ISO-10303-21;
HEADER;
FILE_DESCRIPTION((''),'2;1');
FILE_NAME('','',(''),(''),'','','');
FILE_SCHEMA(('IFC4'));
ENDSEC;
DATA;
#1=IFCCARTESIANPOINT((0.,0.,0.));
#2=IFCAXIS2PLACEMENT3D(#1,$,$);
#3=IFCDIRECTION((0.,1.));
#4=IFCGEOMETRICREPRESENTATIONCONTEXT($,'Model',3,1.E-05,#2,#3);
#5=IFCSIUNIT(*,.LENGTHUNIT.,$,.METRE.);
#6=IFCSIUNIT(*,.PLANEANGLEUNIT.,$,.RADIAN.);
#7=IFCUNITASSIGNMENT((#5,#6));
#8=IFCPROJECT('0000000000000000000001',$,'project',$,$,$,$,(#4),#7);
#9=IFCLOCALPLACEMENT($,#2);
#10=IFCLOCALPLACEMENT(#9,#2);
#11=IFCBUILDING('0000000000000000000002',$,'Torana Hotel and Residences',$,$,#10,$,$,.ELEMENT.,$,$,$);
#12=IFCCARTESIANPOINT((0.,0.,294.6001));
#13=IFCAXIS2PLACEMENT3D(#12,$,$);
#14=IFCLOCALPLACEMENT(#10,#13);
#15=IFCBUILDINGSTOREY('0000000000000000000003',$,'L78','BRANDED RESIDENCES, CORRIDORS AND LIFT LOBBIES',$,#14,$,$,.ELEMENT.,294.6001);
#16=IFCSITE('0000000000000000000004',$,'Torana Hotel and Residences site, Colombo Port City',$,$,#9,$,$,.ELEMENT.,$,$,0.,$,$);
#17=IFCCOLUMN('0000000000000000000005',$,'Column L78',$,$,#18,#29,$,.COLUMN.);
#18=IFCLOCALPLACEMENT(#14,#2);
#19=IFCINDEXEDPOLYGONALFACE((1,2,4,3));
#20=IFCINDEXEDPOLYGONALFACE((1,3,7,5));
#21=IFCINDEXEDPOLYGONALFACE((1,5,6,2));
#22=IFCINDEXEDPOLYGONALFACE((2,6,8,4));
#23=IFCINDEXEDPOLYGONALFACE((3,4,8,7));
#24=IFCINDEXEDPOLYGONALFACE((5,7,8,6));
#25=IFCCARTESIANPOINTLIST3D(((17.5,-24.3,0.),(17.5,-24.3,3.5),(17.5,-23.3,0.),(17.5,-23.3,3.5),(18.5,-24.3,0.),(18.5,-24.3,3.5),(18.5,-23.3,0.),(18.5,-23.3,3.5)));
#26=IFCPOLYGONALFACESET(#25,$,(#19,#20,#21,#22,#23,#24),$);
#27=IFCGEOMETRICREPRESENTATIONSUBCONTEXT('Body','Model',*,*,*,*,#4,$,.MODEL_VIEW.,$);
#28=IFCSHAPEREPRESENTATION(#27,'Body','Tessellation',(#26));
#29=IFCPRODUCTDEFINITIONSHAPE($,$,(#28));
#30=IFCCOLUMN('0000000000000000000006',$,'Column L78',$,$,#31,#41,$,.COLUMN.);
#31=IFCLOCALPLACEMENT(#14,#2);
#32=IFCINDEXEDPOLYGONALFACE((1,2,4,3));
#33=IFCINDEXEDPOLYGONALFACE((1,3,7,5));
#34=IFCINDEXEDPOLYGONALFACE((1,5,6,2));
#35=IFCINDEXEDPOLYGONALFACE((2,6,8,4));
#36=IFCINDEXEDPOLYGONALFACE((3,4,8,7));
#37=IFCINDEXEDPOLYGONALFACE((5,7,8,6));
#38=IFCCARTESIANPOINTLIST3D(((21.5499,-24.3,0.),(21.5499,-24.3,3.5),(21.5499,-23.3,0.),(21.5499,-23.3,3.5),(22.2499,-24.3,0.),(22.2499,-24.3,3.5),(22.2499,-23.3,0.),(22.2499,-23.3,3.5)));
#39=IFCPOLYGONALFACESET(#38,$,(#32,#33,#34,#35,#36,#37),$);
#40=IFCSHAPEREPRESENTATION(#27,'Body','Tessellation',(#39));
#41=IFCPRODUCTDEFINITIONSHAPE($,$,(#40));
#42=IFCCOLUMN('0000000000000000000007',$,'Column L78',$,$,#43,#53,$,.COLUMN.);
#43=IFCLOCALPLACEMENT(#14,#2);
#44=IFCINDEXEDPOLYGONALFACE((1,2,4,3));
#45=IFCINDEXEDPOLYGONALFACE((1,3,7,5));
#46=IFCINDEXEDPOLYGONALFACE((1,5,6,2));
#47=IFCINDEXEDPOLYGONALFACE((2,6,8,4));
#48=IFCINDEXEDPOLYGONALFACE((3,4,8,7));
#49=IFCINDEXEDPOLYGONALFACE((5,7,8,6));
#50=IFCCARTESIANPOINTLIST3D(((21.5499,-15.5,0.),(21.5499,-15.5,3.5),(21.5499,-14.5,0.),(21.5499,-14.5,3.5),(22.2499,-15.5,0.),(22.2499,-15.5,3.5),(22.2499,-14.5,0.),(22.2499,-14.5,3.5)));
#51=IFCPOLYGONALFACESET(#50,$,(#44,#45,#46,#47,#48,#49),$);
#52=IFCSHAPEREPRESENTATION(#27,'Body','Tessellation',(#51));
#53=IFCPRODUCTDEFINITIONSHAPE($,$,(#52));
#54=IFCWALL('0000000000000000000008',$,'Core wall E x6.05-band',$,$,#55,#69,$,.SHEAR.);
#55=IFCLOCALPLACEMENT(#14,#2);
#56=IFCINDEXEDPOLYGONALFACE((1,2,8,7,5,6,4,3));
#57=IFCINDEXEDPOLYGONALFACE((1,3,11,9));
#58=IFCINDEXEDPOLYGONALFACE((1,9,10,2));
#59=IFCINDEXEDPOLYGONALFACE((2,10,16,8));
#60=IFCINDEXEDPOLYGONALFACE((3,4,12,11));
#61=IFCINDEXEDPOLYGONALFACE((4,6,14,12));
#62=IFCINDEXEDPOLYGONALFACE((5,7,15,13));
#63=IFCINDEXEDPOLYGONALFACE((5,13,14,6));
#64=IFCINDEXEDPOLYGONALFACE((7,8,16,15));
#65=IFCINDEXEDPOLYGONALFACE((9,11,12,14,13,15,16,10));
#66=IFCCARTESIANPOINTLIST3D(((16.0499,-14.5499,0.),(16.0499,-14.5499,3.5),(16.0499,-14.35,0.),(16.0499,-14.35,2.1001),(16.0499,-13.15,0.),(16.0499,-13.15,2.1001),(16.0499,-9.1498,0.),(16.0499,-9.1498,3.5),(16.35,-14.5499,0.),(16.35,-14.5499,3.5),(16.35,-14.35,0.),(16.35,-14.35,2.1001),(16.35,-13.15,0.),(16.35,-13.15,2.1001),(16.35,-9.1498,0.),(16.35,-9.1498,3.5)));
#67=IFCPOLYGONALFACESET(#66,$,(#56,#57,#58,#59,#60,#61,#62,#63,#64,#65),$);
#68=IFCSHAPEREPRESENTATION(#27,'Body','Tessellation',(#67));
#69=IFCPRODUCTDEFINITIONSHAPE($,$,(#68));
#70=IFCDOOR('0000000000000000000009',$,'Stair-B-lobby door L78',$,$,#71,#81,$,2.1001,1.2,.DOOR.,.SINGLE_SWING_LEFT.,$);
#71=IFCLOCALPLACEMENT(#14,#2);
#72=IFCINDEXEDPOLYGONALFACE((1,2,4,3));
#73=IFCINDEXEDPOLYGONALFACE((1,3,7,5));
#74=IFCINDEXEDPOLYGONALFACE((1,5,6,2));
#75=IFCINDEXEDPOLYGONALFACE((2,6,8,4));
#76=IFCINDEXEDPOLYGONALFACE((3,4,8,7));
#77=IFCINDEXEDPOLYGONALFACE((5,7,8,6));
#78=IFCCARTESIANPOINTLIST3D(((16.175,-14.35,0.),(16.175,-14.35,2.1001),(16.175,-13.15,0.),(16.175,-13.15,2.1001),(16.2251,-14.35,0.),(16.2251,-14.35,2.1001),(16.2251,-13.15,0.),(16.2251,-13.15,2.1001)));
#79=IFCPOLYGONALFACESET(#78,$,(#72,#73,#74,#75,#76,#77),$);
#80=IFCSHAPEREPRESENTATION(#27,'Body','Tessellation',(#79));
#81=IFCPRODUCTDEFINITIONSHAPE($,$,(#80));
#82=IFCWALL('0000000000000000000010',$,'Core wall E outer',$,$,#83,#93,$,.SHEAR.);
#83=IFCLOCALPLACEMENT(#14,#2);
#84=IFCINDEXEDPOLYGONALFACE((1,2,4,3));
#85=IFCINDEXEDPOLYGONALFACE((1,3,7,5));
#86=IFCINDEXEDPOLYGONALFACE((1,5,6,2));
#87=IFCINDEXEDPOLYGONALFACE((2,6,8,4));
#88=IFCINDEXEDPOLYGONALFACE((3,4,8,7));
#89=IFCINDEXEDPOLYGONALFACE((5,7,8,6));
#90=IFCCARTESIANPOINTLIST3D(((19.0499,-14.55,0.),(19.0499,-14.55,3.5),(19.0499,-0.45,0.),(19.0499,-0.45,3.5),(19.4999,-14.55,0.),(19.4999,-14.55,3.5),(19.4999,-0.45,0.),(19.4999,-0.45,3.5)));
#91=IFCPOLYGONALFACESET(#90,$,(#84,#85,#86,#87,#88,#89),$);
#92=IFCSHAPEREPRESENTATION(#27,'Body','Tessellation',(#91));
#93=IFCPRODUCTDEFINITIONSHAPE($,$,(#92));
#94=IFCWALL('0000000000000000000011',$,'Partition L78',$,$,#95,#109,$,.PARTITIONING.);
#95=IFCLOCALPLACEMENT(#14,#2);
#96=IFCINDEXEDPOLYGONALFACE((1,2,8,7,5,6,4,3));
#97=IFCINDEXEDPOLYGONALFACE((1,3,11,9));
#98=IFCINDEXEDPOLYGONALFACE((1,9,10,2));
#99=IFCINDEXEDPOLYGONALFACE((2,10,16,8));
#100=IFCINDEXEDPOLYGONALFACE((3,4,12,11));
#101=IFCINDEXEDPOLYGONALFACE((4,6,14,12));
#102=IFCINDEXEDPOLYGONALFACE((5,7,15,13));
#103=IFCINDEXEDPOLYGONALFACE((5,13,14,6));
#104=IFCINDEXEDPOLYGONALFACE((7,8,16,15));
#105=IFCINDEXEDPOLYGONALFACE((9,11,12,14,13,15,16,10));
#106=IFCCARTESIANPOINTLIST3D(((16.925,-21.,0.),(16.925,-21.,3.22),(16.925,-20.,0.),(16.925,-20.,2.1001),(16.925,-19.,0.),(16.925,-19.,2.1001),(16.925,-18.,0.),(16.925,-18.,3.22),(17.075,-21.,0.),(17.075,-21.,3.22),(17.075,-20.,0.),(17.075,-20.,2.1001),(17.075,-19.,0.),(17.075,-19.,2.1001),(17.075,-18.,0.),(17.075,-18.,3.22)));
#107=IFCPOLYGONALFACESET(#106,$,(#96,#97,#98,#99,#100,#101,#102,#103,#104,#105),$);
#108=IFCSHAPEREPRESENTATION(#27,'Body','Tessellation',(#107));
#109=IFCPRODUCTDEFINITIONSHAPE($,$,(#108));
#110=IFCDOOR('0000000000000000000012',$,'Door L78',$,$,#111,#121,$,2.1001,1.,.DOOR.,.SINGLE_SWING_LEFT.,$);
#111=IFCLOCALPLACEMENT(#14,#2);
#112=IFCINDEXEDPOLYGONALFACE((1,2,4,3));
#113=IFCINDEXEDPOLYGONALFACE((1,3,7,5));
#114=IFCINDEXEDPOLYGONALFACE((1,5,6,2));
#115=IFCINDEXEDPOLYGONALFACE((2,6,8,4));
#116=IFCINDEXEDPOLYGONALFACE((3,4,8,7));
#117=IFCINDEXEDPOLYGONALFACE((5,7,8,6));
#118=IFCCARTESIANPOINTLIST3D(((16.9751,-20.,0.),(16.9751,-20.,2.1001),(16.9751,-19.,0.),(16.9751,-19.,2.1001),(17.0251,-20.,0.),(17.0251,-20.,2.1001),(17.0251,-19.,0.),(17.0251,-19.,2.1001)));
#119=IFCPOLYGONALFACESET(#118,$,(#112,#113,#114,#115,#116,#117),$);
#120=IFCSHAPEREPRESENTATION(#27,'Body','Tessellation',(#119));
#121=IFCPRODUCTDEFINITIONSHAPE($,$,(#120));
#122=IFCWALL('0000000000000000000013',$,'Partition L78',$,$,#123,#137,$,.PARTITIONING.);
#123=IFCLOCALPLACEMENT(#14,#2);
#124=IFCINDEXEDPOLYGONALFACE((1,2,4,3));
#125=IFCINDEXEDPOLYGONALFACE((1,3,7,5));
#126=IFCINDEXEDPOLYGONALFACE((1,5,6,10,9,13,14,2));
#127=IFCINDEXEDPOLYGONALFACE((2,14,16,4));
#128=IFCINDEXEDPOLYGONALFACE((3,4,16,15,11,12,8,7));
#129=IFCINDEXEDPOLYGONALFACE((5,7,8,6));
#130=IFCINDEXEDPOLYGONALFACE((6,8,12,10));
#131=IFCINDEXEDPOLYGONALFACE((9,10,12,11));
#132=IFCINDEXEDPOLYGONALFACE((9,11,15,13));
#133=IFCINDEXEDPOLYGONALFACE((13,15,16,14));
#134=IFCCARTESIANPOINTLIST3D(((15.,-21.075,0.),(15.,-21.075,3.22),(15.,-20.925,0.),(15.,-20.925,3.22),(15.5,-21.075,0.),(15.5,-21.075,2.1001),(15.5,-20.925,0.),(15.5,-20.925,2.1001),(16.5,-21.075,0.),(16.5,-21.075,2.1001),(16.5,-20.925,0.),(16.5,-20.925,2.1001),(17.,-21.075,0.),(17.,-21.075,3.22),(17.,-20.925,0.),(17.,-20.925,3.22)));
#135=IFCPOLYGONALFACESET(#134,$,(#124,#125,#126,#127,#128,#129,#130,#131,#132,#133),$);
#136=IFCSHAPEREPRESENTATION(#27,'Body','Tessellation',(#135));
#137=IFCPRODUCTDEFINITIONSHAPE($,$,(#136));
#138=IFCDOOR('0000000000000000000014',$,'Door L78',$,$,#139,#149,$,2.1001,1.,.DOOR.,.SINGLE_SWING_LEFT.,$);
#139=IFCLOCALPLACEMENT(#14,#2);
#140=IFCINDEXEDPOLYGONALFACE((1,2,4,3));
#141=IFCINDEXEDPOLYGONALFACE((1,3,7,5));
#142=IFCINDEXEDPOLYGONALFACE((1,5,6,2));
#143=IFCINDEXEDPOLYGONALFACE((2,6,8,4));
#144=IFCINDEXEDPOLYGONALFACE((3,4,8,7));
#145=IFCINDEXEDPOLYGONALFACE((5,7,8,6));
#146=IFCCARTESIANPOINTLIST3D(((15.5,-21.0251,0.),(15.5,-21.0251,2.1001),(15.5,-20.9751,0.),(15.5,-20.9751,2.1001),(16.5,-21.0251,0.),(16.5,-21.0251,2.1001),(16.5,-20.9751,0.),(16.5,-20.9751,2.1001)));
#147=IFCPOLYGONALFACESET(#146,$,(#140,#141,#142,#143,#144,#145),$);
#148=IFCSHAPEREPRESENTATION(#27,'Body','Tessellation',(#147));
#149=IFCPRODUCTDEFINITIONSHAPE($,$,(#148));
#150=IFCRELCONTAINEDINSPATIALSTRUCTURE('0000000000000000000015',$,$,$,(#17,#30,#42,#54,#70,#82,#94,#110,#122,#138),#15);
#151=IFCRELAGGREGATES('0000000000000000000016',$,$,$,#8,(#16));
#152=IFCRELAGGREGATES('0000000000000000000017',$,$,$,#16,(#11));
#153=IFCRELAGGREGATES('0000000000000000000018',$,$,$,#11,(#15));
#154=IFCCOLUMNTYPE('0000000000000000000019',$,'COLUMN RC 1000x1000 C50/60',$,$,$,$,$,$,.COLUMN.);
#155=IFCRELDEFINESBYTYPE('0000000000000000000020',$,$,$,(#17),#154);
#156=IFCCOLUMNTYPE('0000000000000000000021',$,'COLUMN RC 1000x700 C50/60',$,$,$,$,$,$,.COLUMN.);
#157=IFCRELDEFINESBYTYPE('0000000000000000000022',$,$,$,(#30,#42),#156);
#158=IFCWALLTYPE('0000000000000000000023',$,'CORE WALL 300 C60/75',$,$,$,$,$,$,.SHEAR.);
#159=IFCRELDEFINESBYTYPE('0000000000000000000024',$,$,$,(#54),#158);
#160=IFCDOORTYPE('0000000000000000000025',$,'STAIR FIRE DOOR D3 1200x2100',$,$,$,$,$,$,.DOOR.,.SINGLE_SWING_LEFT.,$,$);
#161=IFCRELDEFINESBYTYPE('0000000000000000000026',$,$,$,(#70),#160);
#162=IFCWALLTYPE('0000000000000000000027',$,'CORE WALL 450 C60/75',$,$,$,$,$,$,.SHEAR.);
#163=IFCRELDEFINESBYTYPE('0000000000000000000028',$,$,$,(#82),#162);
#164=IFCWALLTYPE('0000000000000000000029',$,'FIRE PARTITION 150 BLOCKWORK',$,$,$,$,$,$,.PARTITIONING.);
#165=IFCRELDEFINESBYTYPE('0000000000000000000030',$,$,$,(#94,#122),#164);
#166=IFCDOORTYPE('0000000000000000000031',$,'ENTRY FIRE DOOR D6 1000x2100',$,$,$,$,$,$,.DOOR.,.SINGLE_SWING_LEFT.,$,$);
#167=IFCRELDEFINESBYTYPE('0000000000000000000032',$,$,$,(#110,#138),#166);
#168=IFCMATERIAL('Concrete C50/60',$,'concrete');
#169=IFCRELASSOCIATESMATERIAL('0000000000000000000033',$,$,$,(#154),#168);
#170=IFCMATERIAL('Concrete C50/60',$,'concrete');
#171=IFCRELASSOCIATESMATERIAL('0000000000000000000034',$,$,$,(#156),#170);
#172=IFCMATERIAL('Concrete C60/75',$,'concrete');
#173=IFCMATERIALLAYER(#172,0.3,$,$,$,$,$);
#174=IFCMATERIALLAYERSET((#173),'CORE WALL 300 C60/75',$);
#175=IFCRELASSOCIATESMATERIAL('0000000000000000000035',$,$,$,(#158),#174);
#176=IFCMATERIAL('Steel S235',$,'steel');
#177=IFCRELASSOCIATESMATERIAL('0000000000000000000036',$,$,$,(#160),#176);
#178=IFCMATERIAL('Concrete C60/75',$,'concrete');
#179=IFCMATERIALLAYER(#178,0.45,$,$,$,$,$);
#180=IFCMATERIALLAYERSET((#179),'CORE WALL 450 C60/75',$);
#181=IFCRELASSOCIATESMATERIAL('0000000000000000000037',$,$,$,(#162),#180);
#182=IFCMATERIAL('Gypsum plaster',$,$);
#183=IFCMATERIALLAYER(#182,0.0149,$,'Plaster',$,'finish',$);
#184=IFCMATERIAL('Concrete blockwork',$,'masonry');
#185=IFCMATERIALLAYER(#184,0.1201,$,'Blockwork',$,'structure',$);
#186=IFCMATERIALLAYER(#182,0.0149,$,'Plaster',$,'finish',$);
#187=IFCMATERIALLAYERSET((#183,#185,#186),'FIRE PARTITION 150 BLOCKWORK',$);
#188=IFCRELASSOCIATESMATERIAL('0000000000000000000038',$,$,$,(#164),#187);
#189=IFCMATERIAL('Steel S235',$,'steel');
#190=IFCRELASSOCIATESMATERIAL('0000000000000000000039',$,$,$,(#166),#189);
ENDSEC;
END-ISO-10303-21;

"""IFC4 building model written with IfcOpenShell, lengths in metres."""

from ifc_helpers import new_model, si_unit, direction, frame, frame_2d, origin, origin_2d, place, context, subcontext, project, spatial, rectangle, extrude, material, layer, layer_set, material_profile, profile_set, type_object, element, fill, save


model = new_model("IFC4")

# Units and contexts
model_context = context("Model", 3, precision=1e-05, world=origin(), true_north=direction((0.0, 1.0)))
body_context = subcontext(model_context, "Body", "Model", "MODEL_VIEW")
ifc_project = project(units=[si_unit("LENGTHUNIT", "METRE"), si_unit("PLANEANGLEUNIT", "RADIAN")], contexts=[model_context])

# Site, building, storey
site_placement = place(None, origin())
site = spatial("IfcSite", under=ifc_project, at=site_placement, Name="Torana Hotel and Residences site, Colombo Port City", CompositionType="ELEMENT", RefElevation=0.0)
building_placement = place(site_placement, origin())
building = spatial("IfcBuilding", under=site, at=building_placement, Name="Torana Hotel and Residences", CompositionType="ELEMENT")
storey_placement = place(building_placement, frame((0.0, 0.0, 294.6001)))
storey = spatial("IfcBuildingStorey", under=building, at=storey_placement, Name="L78", Description="BRANDED RESIDENCES, CORRIDORS AND LIFT LOBBIES", CompositionType="ELEMENT", Elevation=294.6001)

# Columns
ifc_material_1 = material(Name="Concrete C50/60", Category="concrete")
ifc_material_profile_1 = material_profile(ifc_material_1, rectangle(XDim=1.0, YDim=1.0, at=origin_2d()), Name="RC 1000x1000")
ifc_profile_set_1 = profile_set([ifc_material_profile_1], Name="Concrete C50/60")
column_type_1 = type_object("IfcColumnType", Name="COLUMN RC 1000x1000 C50/60", PredefinedType="COLUMN", material=ifc_profile_set_1)
column_placement = place(storey_placement, frame((18.0, -23.8, 0.0), z_axis=(0.0, 0.0, 1.0), x_axis=(1.0, 0.0, 0.0)))
element("IfcColumn", 1, at=column_placement, inside=storey, type_object=column_type_1, Name="Column L78", PredefinedType="COLUMN", context=body_context, shape_type="SweptSolid", body=[
    extrude(rectangle(XDim=1.0, YDim=1.0, at=origin_2d()), origin(), (0.0, 0.0, 1.0), 3.5),
])
ifc_material_2 = material(Name="Concrete C50/60", Category="concrete")
ifc_material_profile_2 = material_profile(ifc_material_2, rectangle(XDim=1.0, YDim=0.7, at=origin_2d()), Name="RC 1000x700")
ifc_profile_set_2 = profile_set([ifc_material_profile_2], Name="Concrete C50/60")
column_type_2 = type_object("IfcColumnType", Name="COLUMN RC 1000x700 C50/60", PredefinedType="COLUMN", material=ifc_profile_set_2)
for number, where, z_axis, x_axis, name in (
    (2, (21.8999, -23.8, 0.0), (0.0, 0.0, 1.0), (0.0, 1.0, 0.0), "Column L78"),
    (3, (21.8999, -15.0, 0.0), (0.0, 0.0, 1.0), (0.0, 1.0, 0.0), "Column L78"),
):
    element("IfcColumn", number, at=place(storey_placement, frame(where, z_axis=z_axis, x_axis=x_axis)), inside=storey, type_object=column_type_2, Name=name, PredefinedType="COLUMN", context=body_context, shape_type="SweptSolid", body=[
        extrude(rectangle(XDim=1.0, YDim=0.7, at=origin_2d()), origin(), (0.0, 0.0, 1.0), 3.5),
    ])

# Wall, opening, door
ifc_material_3 = material(Name="Concrete C60/75", Category="concrete")
ifc_layer_1 = layer(ifc_material_3, 0.3)
ifc_layer_set_1 = layer_set([ifc_layer_1], Name="CORE WALL 300 C60/75")
wall_type_1 = type_object("IfcWallType", Name="CORE WALL 300 C60/75", PredefinedType="SHEAR", material=ifc_layer_set_1)
wall_1_placement = place(storey_placement, frame((16.2, -14.55, 0.0), z_axis=(0.0, 0.0, 1.0), x_axis=(0.0, 1.0, 0.0)))
wall_1 = element("IfcWall", 4, at=wall_1_placement, inside=storey, type_object=wall_type_1, Name="Core wall E x6.05-band", PredefinedType="SHEAR", context=body_context, shape_type="SweptSolid", body=[
    extrude(rectangle(XDim=5.4001, YDim=0.3, at=frame_2d((2.7002, 0.0))), origin(), (0.0, 0.0, 1.0), 3.5),
])
opening_1_placement = place(wall_1_placement, frame((0.2, 0.0, 0.0)))
opening_1 = element("IfcOpeningElement", 5, at=opening_1_placement, cuts=wall_1, PredefinedType="OPENING", context=body_context, shape_type="SweptSolid", body=[
    extrude(rectangle(XDim=1.2, YDim=2.1001, at=frame_2d((0.6001, 1.05))), frame((0.0, 0.1599, 0.0), z_axis=(0.0, -1.0, 0.0), x_axis=(1.0, 0.0, 0.0)), (0.0, 0.0, 1.0), 0.3201),
])
ifc_material_4 = material(Name="Steel S235", Category="steel")
door_type_1 = type_object("IfcDoorType", Name="STAIR FIRE DOOR D3 1200x2100", OperationType="SINGLE_SWING_LEFT", PredefinedType="DOOR", material=ifc_material_4)
door_1_placement = place(opening_1_placement, frame((0.6001, 0.0, 0.0), z_axis=(0.0, 0.0, 1.0), x_axis=(-1.0, 0.0, 0.0)))
door_1 = element("IfcDoor", 6, at=door_1_placement, inside=storey, type_object=door_type_1, Name="Stair-B-lobby door L78", OperationType="SINGLE_SWING_LEFT", OverallHeight=2.1001, OverallWidth=1.2, PredefinedType="DOOR", context=body_context, shape_type="SweptSolid", body=[
    extrude(rectangle(XDim=1.2, YDim=2.1001, at=frame_2d((0.0, 1.05))), frame((0.0, -0.0249, 0.0), z_axis=(0.0, 1.0, 0.0), x_axis=(-1.0, 0.0, 0.0)), (0.0, 0.0, 1.0), 0.05),
])
fill(opening_1, door_1)

# Wall
ifc_material_5 = material(Name="Concrete C60/75", Category="concrete")
ifc_layer_2 = layer(ifc_material_5, 0.45)
ifc_layer_set_2 = layer_set([ifc_layer_2], Name="CORE WALL 450 C60/75")
wall_type_2 = type_object("IfcWallType", Name="CORE WALL 450 C60/75", PredefinedType="SHEAR", material=ifc_layer_set_2)
wall_2_placement = place(storey_placement, frame((19.2749, -14.55, 0.0), z_axis=(0.0, 0.0, 1.0), x_axis=(0.0, 1.0, 0.0)))
element("IfcWall", 7, at=wall_2_placement, inside=storey, type_object=wall_type_2, Name="Core wall E outer", PredefinedType="SHEAR", context=body_context, shape_type="SweptSolid", body=[
    extrude(rectangle(XDim=14.1001, YDim=0.45, at=frame_2d((7.05, 0.0))), origin(), (0.0, 0.0, 1.0), 3.5),
])

# Walls, openings, doors
ifc_material_6 = material(Name="Gypsum plaster")
ifc_layer_3 = layer(ifc_material_6, 0.0149, Name="Plaster", Category="finish")
ifc_material_7 = material(Name="Concrete blockwork", Category="masonry")
ifc_layer_4 = layer(ifc_material_7, 0.1201, Name="Blockwork", Category="structure")
ifc_layer_5 = layer(ifc_material_6, 0.0149, Name="Plaster", Category="finish")
ifc_layer_set_3 = layer_set([ifc_layer_3, ifc_layer_4, ifc_layer_5], Name="FIRE PARTITION 150 BLOCKWORK")
wall_type_3 = type_object("IfcWallType", Name="FIRE PARTITION 150 BLOCKWORK", PredefinedType="PARTITIONING", material=ifc_layer_set_3)
wall_3_placement = place(storey_placement, frame((17.0, -21.0, 0.0), z_axis=(0.0, 0.0, 1.0), x_axis=(0.0, 1.0, 0.0)))
wall_3 = element("IfcWall", 8, at=wall_3_placement, inside=storey, type_object=wall_type_3, Name="Partition L78", PredefinedType="PARTITIONING", context=body_context, shape_type="SweptSolid", body=[
    extrude(rectangle(XDim=3.0, YDim=0.1499, at=frame_2d((1.5, 0.0))), origin(), (0.0, 0.0, 1.0), 3.22),
])
opening_2_placement = place(wall_3_placement, frame((1.0, 0.0, 0.0)))
opening_2 = element("IfcOpeningElement", 9, at=opening_2_placement, cuts=wall_3, PredefinedType="OPENING", context=body_context, shape_type="SweptSolid", body=[
    extrude(rectangle(XDim=1.0, YDim=2.1001, at=frame_2d((0.5, 1.05))), frame((0.0, 0.085, 0.0), z_axis=(0.0, -1.0, 0.0), x_axis=(1.0, 0.0, 0.0)), (0.0, 0.0, 1.0), 0.1699),
])
ifc_material_8 = material(Name="Steel S235", Category="steel")
door_type_2 = type_object("IfcDoorType", Name="ENTRY FIRE DOOR D6 1000x2100", OperationType="SINGLE_SWING_LEFT", PredefinedType="DOOR", material=ifc_material_8)
door_2_placement = place(opening_2_placement, frame((0.5, 0.0, 0.0), z_axis=(0.0, 0.0, 1.0), x_axis=(-1.0, 0.0, 0.0)))
door_2 = element("IfcDoor", 10, at=door_2_placement, inside=storey, type_object=door_type_2, Name="Door L78", OperationType="SINGLE_SWING_LEFT", OverallHeight=2.1001, OverallWidth=1.0, PredefinedType="DOOR", context=body_context, shape_type="SweptSolid", body=[
    extrude(rectangle(XDim=1.0, YDim=2.1001, at=frame_2d((0.0, 1.05))), frame((0.0, -0.0249, 0.0), z_axis=(0.0, 1.0, 0.0), x_axis=(-1.0, 0.0, 0.0)), (0.0, 0.0, 1.0), 0.05),
])
fill(opening_2, door_2)
wall_4_placement = place(storey_placement, frame((15.0, -21.0, 0.0), z_axis=(0.0, 0.0, 1.0), x_axis=(1.0, 0.0, 0.0)))
wall_4 = element("IfcWall", 11, at=wall_4_placement, inside=storey, type_object=wall_type_3, Name="Partition L78", PredefinedType="PARTITIONING", context=body_context, shape_type="SweptSolid", body=[
    extrude(rectangle(XDim=2.0, YDim=0.1499, at=frame_2d((1.0, 0.0))), origin(), (0.0, 0.0, 1.0), 3.22),
])
opening_3_placement = place(wall_4_placement, frame((0.5, 0.0, 0.0)))
opening_3 = element("IfcOpeningElement", 12, at=opening_3_placement, cuts=wall_4, PredefinedType="OPENING", context=body_context, shape_type="SweptSolid", body=[
    extrude(rectangle(XDim=1.0, YDim=2.1001, at=frame_2d((0.5, 1.05))), frame((0.0, 0.085, 0.0), z_axis=(0.0, -1.0, 0.0), x_axis=(1.0, 0.0, 0.0)), (0.0, 0.0, 1.0), 0.1699),
])
door_3_placement = place(opening_3_placement, frame((0.5, 0.0, 0.0), z_axis=(0.0, 0.0, 1.0), x_axis=(-1.0, 0.0, 0.0)))
door_3 = element("IfcDoor", 13, at=door_3_placement, inside=storey, type_object=door_type_2, Name="Door L78", OperationType="SINGLE_SWING_LEFT", OverallHeight=2.1001, OverallWidth=1.0, PredefinedType="DOOR", context=body_context, shape_type="SweptSolid", body=[
    extrude(rectangle(XDim=1.0, YDim=2.1001, at=frame_2d((0.0, 1.05))), frame((0.0, -0.0249, 0.0), z_axis=(0.0, 1.0, 0.0), x_axis=(-1.0, 0.0, 0.0)), (0.0, 0.0, 1.0), 0.05),
])
fill(opening_3, door_3)

save(model, "model.ifc")
